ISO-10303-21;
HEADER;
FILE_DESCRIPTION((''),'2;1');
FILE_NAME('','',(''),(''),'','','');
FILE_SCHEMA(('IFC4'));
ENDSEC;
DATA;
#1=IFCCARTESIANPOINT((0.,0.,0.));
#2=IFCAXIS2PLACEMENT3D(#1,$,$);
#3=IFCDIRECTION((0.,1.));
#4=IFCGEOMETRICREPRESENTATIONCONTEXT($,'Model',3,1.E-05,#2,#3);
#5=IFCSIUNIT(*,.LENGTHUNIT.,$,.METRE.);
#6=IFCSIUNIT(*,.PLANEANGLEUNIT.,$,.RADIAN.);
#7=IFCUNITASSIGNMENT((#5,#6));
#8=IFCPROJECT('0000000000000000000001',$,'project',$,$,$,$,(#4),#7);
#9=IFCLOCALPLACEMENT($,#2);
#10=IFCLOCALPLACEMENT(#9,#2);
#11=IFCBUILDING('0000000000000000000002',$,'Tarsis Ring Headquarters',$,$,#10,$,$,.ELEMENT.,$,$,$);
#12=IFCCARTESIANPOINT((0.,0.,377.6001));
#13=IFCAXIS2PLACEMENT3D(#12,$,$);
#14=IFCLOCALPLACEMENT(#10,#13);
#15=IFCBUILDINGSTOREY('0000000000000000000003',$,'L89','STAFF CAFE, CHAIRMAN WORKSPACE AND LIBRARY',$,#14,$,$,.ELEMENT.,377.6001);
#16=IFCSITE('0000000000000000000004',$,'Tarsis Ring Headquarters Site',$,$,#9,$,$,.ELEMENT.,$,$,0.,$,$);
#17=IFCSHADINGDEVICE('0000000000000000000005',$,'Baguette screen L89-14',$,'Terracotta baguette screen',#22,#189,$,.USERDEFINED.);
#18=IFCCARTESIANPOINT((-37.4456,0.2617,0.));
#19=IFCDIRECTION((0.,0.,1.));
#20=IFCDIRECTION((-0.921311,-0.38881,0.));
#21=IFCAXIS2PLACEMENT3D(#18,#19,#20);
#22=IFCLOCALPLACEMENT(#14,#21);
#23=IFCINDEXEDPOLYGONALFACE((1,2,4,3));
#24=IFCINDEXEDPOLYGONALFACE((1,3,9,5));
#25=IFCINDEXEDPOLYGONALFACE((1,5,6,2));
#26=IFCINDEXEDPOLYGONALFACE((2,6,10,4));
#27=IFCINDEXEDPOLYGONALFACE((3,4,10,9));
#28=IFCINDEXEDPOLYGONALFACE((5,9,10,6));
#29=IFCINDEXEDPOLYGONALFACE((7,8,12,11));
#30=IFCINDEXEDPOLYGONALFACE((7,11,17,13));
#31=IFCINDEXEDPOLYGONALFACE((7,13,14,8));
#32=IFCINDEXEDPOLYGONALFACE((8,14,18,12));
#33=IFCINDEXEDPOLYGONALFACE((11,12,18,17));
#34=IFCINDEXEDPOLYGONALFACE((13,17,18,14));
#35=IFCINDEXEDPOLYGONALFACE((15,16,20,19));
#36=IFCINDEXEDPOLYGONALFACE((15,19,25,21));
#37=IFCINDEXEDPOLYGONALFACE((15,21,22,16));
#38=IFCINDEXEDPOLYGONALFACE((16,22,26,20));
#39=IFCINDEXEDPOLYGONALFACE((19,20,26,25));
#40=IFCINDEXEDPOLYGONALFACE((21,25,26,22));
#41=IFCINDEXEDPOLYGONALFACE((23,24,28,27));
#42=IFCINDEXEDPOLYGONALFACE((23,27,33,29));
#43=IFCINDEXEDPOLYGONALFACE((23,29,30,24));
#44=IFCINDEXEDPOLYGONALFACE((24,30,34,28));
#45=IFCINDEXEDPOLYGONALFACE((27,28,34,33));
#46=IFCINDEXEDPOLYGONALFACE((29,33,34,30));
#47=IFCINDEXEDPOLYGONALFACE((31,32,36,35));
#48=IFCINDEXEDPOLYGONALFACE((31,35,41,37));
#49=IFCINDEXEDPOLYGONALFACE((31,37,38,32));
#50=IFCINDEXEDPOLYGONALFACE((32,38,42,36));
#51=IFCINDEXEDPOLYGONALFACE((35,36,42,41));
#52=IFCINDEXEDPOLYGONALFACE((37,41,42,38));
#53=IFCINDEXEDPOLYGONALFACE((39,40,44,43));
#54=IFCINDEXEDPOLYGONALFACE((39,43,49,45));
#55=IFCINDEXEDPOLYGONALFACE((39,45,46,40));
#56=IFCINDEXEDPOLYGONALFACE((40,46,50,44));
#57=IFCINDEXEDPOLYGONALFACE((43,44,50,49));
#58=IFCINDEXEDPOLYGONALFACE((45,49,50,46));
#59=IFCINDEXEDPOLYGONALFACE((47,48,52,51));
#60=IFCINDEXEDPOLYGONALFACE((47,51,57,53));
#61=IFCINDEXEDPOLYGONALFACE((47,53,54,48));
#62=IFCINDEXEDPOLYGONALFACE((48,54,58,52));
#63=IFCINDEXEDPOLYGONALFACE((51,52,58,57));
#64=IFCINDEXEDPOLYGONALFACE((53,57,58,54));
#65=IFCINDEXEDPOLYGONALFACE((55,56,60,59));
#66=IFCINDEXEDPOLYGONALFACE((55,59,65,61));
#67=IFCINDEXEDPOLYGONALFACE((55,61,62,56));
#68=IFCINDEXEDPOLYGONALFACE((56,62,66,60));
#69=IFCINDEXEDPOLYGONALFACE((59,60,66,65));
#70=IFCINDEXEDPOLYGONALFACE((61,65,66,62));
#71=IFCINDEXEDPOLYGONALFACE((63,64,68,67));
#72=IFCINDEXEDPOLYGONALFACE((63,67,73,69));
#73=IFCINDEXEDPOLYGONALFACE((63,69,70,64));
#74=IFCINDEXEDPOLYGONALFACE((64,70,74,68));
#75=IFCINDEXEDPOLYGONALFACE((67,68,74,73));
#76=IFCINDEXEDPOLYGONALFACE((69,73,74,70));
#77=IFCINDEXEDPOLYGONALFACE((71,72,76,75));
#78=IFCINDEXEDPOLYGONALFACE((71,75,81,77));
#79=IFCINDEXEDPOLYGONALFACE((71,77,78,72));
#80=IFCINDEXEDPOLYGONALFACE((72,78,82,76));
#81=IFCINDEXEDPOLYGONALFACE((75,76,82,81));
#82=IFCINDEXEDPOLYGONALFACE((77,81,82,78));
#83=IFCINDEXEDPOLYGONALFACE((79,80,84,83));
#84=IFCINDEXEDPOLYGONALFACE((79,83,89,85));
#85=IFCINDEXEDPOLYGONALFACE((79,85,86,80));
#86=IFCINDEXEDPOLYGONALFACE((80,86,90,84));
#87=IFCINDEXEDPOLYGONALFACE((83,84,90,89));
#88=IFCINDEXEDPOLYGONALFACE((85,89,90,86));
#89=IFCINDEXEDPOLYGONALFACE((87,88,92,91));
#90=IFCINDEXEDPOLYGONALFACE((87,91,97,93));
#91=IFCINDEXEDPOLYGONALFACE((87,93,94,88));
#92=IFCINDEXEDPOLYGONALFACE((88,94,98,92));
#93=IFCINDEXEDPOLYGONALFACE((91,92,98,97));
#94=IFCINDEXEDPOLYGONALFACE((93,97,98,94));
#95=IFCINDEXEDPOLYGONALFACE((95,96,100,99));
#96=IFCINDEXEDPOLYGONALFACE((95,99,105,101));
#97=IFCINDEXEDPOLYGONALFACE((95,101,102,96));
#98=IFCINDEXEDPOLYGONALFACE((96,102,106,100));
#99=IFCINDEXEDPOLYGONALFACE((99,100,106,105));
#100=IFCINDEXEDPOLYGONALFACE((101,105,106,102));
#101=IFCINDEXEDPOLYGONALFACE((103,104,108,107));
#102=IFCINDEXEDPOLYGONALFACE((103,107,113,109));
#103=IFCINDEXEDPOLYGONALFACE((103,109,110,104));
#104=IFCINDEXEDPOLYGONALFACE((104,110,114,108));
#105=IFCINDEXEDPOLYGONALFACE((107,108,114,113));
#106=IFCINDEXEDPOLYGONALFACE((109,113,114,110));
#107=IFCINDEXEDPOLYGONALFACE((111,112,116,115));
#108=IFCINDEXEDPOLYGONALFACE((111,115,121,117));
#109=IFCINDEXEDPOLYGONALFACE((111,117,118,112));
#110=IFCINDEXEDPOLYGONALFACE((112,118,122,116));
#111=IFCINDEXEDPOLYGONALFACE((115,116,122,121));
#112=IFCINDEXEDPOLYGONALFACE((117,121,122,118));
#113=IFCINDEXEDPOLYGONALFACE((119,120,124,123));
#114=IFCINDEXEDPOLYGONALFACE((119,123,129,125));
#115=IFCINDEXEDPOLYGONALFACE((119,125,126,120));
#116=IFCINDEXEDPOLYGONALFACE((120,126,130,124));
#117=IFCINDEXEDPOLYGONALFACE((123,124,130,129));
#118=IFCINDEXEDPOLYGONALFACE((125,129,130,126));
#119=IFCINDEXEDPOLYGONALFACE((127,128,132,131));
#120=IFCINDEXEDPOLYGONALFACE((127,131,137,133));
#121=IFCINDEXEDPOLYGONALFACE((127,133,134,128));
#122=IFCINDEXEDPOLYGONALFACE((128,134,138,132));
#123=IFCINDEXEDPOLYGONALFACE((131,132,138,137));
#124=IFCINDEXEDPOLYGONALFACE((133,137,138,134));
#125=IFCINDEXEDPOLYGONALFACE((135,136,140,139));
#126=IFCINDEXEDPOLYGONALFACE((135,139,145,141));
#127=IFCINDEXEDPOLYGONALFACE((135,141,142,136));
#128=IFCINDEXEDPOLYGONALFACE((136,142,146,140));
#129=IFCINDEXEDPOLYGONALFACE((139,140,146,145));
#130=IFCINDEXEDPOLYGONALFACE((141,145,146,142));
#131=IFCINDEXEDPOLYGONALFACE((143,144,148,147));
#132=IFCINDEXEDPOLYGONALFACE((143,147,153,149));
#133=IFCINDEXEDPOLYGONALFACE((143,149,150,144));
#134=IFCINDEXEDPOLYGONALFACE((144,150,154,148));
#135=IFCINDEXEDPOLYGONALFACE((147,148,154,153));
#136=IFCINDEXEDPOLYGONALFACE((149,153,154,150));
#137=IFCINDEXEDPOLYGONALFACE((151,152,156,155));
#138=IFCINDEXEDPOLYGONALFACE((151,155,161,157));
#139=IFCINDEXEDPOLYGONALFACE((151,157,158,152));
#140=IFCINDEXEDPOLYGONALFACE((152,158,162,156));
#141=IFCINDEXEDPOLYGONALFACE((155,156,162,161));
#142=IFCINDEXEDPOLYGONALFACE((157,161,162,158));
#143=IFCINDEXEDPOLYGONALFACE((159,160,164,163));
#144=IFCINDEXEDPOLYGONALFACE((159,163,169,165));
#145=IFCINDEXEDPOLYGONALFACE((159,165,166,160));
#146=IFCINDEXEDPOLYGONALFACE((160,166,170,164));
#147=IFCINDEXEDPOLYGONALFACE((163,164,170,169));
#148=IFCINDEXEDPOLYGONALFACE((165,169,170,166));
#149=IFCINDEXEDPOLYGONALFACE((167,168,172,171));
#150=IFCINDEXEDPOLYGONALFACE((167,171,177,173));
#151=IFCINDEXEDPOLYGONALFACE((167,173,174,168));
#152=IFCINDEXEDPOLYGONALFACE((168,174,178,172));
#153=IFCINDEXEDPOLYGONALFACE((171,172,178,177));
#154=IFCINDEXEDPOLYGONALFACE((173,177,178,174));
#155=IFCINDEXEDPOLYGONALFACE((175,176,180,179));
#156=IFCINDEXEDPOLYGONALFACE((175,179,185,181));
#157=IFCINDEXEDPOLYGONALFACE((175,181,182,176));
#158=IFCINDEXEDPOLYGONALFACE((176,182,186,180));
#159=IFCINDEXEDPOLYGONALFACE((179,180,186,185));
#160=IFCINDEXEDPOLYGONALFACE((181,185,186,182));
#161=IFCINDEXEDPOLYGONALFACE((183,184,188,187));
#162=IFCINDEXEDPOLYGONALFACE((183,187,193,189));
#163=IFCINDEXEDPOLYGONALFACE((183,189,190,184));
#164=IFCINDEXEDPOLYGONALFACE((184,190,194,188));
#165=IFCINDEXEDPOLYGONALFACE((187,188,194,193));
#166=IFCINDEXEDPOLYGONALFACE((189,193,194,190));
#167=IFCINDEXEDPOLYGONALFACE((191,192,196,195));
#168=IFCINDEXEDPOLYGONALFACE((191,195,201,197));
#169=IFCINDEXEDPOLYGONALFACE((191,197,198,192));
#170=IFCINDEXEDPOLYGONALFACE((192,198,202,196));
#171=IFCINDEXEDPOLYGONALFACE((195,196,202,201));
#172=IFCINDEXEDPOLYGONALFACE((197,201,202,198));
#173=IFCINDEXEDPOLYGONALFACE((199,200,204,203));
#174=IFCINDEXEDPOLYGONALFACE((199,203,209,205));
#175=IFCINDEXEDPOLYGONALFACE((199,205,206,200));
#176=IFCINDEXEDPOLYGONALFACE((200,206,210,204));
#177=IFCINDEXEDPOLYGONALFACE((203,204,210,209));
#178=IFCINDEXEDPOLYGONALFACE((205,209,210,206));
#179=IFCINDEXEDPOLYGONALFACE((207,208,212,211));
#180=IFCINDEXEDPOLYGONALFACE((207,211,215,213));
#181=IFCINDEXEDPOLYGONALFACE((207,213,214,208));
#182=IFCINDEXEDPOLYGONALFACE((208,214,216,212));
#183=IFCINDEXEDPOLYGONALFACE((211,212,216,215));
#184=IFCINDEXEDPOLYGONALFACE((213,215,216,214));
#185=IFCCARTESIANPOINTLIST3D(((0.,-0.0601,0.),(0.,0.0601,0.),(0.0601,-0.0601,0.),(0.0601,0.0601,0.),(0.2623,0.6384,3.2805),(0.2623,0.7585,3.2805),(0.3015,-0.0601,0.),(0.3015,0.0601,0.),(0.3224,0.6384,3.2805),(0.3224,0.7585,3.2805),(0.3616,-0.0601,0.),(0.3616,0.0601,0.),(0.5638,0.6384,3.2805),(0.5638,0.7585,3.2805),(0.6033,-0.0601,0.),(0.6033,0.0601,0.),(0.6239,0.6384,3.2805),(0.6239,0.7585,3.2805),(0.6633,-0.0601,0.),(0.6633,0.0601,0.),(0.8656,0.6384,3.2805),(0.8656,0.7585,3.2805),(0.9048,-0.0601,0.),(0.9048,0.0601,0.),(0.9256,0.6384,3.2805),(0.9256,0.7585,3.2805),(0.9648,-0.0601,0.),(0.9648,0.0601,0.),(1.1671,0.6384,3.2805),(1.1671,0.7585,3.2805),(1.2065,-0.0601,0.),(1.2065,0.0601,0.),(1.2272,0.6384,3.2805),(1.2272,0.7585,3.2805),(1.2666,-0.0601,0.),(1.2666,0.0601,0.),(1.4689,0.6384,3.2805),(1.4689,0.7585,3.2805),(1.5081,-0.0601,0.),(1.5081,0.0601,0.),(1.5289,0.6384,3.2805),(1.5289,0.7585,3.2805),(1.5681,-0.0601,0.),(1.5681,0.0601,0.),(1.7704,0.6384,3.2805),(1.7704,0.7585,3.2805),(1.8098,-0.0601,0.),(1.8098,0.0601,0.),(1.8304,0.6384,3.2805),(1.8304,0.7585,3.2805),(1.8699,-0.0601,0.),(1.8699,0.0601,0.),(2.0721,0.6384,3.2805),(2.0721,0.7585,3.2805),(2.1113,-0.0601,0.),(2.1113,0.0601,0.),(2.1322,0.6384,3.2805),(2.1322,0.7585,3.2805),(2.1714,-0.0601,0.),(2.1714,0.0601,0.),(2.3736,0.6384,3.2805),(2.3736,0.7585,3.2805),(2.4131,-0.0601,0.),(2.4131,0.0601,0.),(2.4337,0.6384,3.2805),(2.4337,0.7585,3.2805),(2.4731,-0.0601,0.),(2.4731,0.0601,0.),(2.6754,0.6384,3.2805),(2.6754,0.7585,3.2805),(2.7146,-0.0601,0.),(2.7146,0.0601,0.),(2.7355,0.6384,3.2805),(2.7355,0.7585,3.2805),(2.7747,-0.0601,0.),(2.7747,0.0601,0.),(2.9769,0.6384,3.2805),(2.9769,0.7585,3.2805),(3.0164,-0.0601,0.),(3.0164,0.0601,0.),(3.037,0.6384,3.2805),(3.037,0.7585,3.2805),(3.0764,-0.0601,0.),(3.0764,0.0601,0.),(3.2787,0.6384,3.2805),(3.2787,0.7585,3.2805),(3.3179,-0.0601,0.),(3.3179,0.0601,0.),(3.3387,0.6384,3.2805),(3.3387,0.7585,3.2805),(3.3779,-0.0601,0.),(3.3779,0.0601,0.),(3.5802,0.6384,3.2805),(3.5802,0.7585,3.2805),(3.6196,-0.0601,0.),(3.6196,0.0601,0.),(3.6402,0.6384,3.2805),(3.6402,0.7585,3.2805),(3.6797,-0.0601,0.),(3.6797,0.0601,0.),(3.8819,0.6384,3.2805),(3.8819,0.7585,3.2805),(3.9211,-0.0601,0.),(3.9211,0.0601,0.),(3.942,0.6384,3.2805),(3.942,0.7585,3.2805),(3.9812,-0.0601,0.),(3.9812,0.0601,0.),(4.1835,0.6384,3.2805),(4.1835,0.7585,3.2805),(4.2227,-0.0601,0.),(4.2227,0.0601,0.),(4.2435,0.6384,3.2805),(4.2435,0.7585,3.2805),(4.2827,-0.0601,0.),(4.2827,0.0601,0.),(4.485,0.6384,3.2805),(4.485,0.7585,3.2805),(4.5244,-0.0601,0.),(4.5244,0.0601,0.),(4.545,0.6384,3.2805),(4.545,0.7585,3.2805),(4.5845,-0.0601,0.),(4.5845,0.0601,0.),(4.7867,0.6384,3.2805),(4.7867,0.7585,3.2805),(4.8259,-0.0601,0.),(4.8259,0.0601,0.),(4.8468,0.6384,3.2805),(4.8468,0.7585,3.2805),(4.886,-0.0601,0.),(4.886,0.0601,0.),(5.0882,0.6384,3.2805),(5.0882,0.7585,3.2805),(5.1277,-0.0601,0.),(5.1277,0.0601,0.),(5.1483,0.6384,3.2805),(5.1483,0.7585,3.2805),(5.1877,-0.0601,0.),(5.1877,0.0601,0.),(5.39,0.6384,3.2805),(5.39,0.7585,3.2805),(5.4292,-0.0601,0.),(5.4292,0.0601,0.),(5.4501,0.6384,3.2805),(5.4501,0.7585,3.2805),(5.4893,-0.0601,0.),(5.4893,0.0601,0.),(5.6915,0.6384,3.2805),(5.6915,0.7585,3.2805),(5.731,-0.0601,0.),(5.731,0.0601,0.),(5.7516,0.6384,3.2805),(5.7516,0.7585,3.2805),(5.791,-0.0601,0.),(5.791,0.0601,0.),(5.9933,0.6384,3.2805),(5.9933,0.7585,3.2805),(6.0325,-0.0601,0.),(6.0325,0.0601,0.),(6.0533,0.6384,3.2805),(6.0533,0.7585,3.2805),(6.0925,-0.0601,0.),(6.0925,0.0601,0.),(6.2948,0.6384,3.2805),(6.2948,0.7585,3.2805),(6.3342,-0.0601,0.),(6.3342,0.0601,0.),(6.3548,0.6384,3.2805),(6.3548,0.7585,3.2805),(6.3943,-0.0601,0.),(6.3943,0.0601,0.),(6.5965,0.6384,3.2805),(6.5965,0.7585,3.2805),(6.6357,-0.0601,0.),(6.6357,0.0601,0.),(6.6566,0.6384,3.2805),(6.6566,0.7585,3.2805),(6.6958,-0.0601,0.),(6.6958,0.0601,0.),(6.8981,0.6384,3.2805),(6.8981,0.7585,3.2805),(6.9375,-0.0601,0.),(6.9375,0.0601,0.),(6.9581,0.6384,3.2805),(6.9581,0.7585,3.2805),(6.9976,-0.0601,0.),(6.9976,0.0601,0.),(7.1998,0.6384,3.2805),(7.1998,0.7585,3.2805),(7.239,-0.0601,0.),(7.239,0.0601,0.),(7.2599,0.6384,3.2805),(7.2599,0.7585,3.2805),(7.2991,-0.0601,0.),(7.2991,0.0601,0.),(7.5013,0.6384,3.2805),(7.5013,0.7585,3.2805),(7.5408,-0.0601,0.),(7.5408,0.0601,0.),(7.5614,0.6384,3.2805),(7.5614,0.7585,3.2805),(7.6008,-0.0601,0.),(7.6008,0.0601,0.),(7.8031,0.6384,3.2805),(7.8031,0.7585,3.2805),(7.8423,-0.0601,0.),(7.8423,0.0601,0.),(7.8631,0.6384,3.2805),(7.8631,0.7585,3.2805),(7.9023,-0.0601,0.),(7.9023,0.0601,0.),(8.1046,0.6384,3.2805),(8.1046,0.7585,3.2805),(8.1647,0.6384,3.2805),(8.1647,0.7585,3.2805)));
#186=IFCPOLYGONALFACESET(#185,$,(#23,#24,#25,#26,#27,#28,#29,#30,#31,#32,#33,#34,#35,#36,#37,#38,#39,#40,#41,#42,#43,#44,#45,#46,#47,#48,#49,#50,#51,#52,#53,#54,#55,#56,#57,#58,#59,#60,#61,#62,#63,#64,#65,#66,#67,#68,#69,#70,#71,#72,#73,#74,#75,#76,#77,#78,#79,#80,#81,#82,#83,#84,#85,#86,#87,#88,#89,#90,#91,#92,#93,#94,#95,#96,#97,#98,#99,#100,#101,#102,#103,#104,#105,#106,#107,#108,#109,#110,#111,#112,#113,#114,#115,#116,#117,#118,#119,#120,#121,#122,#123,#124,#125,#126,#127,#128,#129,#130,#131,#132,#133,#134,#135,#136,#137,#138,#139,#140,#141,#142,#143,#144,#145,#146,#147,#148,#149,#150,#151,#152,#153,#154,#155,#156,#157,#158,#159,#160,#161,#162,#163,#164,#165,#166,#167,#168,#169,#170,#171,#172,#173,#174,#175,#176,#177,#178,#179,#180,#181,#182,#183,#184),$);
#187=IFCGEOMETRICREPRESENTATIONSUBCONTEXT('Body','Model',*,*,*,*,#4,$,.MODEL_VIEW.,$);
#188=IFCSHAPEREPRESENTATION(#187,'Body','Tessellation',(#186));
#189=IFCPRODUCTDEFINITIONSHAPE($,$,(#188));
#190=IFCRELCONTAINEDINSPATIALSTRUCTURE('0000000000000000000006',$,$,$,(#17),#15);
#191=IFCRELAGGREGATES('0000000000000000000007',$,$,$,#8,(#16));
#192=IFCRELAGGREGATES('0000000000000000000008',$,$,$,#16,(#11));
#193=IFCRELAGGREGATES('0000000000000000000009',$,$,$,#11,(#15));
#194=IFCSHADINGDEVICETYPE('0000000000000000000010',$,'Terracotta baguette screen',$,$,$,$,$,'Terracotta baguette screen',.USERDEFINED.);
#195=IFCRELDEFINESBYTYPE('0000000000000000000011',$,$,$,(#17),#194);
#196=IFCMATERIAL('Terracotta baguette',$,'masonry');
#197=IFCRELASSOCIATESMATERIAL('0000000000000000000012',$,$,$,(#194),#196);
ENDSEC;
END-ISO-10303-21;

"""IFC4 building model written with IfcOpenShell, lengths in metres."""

from ifc_helpers import new_model, si_unit, direction, frame, frame_2d, origin, place, context, subcontext, project, spatial, rectangle, composite_profile, extrude, material, type_object, element, save


model = new_model("IFC4")

# Units and contexts
model_context = context("Model", 3, precision=1e-05, world=origin(), true_north=direction((0.0, 1.0)))
body_context = subcontext(model_context, "Body", "Model", "MODEL_VIEW")
ifc_project = project(units=[si_unit("LENGTHUNIT", "METRE"), si_unit("PLANEANGLEUNIT", "RADIAN")], contexts=[model_context])

# Site, building, storey
site_placement = place(None, origin())
site = spatial("IfcSite", under=ifc_project, at=site_placement, Name="Tarsis Ring Headquarters Site", CompositionType="ELEMENT", RefElevation=0.0)
building_placement = place(site_placement, origin())
building = spatial("IfcBuilding", under=site, at=building_placement, Name="Tarsis Ring Headquarters", CompositionType="ELEMENT")
storey_placement = place(building_placement, frame((0.0, 0.0, 377.6001)))
storey = spatial("IfcBuildingStorey", under=building, at=storey_placement, Name="L89", Description="STAFF CAFE, CHAIRMAN WORKSPACE AND LIBRARY", CompositionType="ELEMENT", Elevation=377.6001)

# Shading device
ifc_material_1 = material(Name="Terracotta baguette", Category="masonry")
shading_device_type_1 = type_object("IfcShadingDeviceType", Name="Terracotta baguette screen", ElementType="Terracotta baguette screen", PredefinedType="USERDEFINED", material=ifc_material_1)
shading_device_1_placement = place(storey_placement, frame((-37.4456, 0.2617, 0.0), z_axis=(0.0, 0.0, 1.0), x_axis=(-0.921311, -0.38881, 0.0)))
element("IfcShadingDevice", 1, at=shading_device_1_placement, inside=storey, type_object=shading_device_type_1, Name="Baguette screen L89-14", ObjectType="Terracotta baguette screen", PredefinedType="USERDEFINED", context=body_context, shape_type="SweptSolid", body=[
    extrude(composite_profile([rectangle(XDim=0.0601, YDim=0.1201, at=frame_2d((0.03, 0.0))), rectangle(XDim=0.0601, YDim=0.1201, at=frame_2d((0.3315, 0.0))), rectangle(XDim=0.0601, YDim=0.1201, at=frame_2d((0.6333, 0.0))), rectangle(XDim=0.0601, YDim=0.1201, at=frame_2d((0.9348, 0.0))), rectangle(XDim=0.0601, YDim=0.1201, at=frame_2d((1.2366, 0.0))), rectangle(XDim=0.0601, YDim=0.1201, at=frame_2d((1.5381, 0.0))), rectangle(XDim=0.0601, YDim=0.1201, at=frame_2d((1.8398, 0.0))), rectangle(XDim=0.0601, YDim=0.1201, at=frame_2d((2.1414, 0.0))), rectangle(XDim=0.0601, YDim=0.1201, at=frame_2d((2.4431, 0.0))), rectangle(XDim=0.0601, YDim=0.1201, at=frame_2d((2.7446, 0.0))), rectangle(XDim=0.0601, YDim=0.1201, at=frame_2d((3.0464, 0.0))), rectangle(XDim=0.0601, YDim=0.1201, at=frame_2d((3.3479, 0.0))), rectangle(XDim=0.0601, YDim=0.1201, at=frame_2d((3.6497, 0.0))), rectangle(XDim=0.0601, YDim=0.1201, at=frame_2d((3.9512, 0.0))), rectangle(XDim=0.0601, YDim=0.1201, at=frame_2d((4.2527, 0.0))), rectangle(XDim=0.0601, YDim=0.1201, at=frame_2d((4.5544, 0.0))), rectangle(XDim=0.0601, YDim=0.1201, at=frame_2d((4.856, 0.0))), rectangle(XDim=0.0601, YDim=0.1201, at=frame_2d((5.1577, 0.0))), rectangle(XDim=0.0601, YDim=0.1201, at=frame_2d((5.4592, 0.0))), rectangle(XDim=0.0601, YDim=0.1201, at=frame_2d((5.761, 0.0))), rectangle(XDim=0.0601, YDim=0.1201, at=frame_2d((6.0625, 0.0))), rectangle(XDim=0.0601, YDim=0.1201, at=frame_2d((6.3643, 0.0))), rectangle(XDim=0.0601, YDim=0.1201, at=frame_2d((6.6658, 0.0))), rectangle(XDim=0.0601, YDim=0.1201, at=frame_2d((6.9675, 0.0))), rectangle(XDim=0.0601, YDim=0.1201, at=frame_2d((7.269, 0.0))), rectangle(XDim=0.0601, YDim=0.1201, at=frame_2d((7.5708, 0.0))), rectangle(XDim=0.0601, YDim=0.1201, at=frame_2d((7.8723, 0.0)))]), origin(), (0.07797, 0.207615, 0.975098), 3.3643),
])

save(model, "model.ifc")
